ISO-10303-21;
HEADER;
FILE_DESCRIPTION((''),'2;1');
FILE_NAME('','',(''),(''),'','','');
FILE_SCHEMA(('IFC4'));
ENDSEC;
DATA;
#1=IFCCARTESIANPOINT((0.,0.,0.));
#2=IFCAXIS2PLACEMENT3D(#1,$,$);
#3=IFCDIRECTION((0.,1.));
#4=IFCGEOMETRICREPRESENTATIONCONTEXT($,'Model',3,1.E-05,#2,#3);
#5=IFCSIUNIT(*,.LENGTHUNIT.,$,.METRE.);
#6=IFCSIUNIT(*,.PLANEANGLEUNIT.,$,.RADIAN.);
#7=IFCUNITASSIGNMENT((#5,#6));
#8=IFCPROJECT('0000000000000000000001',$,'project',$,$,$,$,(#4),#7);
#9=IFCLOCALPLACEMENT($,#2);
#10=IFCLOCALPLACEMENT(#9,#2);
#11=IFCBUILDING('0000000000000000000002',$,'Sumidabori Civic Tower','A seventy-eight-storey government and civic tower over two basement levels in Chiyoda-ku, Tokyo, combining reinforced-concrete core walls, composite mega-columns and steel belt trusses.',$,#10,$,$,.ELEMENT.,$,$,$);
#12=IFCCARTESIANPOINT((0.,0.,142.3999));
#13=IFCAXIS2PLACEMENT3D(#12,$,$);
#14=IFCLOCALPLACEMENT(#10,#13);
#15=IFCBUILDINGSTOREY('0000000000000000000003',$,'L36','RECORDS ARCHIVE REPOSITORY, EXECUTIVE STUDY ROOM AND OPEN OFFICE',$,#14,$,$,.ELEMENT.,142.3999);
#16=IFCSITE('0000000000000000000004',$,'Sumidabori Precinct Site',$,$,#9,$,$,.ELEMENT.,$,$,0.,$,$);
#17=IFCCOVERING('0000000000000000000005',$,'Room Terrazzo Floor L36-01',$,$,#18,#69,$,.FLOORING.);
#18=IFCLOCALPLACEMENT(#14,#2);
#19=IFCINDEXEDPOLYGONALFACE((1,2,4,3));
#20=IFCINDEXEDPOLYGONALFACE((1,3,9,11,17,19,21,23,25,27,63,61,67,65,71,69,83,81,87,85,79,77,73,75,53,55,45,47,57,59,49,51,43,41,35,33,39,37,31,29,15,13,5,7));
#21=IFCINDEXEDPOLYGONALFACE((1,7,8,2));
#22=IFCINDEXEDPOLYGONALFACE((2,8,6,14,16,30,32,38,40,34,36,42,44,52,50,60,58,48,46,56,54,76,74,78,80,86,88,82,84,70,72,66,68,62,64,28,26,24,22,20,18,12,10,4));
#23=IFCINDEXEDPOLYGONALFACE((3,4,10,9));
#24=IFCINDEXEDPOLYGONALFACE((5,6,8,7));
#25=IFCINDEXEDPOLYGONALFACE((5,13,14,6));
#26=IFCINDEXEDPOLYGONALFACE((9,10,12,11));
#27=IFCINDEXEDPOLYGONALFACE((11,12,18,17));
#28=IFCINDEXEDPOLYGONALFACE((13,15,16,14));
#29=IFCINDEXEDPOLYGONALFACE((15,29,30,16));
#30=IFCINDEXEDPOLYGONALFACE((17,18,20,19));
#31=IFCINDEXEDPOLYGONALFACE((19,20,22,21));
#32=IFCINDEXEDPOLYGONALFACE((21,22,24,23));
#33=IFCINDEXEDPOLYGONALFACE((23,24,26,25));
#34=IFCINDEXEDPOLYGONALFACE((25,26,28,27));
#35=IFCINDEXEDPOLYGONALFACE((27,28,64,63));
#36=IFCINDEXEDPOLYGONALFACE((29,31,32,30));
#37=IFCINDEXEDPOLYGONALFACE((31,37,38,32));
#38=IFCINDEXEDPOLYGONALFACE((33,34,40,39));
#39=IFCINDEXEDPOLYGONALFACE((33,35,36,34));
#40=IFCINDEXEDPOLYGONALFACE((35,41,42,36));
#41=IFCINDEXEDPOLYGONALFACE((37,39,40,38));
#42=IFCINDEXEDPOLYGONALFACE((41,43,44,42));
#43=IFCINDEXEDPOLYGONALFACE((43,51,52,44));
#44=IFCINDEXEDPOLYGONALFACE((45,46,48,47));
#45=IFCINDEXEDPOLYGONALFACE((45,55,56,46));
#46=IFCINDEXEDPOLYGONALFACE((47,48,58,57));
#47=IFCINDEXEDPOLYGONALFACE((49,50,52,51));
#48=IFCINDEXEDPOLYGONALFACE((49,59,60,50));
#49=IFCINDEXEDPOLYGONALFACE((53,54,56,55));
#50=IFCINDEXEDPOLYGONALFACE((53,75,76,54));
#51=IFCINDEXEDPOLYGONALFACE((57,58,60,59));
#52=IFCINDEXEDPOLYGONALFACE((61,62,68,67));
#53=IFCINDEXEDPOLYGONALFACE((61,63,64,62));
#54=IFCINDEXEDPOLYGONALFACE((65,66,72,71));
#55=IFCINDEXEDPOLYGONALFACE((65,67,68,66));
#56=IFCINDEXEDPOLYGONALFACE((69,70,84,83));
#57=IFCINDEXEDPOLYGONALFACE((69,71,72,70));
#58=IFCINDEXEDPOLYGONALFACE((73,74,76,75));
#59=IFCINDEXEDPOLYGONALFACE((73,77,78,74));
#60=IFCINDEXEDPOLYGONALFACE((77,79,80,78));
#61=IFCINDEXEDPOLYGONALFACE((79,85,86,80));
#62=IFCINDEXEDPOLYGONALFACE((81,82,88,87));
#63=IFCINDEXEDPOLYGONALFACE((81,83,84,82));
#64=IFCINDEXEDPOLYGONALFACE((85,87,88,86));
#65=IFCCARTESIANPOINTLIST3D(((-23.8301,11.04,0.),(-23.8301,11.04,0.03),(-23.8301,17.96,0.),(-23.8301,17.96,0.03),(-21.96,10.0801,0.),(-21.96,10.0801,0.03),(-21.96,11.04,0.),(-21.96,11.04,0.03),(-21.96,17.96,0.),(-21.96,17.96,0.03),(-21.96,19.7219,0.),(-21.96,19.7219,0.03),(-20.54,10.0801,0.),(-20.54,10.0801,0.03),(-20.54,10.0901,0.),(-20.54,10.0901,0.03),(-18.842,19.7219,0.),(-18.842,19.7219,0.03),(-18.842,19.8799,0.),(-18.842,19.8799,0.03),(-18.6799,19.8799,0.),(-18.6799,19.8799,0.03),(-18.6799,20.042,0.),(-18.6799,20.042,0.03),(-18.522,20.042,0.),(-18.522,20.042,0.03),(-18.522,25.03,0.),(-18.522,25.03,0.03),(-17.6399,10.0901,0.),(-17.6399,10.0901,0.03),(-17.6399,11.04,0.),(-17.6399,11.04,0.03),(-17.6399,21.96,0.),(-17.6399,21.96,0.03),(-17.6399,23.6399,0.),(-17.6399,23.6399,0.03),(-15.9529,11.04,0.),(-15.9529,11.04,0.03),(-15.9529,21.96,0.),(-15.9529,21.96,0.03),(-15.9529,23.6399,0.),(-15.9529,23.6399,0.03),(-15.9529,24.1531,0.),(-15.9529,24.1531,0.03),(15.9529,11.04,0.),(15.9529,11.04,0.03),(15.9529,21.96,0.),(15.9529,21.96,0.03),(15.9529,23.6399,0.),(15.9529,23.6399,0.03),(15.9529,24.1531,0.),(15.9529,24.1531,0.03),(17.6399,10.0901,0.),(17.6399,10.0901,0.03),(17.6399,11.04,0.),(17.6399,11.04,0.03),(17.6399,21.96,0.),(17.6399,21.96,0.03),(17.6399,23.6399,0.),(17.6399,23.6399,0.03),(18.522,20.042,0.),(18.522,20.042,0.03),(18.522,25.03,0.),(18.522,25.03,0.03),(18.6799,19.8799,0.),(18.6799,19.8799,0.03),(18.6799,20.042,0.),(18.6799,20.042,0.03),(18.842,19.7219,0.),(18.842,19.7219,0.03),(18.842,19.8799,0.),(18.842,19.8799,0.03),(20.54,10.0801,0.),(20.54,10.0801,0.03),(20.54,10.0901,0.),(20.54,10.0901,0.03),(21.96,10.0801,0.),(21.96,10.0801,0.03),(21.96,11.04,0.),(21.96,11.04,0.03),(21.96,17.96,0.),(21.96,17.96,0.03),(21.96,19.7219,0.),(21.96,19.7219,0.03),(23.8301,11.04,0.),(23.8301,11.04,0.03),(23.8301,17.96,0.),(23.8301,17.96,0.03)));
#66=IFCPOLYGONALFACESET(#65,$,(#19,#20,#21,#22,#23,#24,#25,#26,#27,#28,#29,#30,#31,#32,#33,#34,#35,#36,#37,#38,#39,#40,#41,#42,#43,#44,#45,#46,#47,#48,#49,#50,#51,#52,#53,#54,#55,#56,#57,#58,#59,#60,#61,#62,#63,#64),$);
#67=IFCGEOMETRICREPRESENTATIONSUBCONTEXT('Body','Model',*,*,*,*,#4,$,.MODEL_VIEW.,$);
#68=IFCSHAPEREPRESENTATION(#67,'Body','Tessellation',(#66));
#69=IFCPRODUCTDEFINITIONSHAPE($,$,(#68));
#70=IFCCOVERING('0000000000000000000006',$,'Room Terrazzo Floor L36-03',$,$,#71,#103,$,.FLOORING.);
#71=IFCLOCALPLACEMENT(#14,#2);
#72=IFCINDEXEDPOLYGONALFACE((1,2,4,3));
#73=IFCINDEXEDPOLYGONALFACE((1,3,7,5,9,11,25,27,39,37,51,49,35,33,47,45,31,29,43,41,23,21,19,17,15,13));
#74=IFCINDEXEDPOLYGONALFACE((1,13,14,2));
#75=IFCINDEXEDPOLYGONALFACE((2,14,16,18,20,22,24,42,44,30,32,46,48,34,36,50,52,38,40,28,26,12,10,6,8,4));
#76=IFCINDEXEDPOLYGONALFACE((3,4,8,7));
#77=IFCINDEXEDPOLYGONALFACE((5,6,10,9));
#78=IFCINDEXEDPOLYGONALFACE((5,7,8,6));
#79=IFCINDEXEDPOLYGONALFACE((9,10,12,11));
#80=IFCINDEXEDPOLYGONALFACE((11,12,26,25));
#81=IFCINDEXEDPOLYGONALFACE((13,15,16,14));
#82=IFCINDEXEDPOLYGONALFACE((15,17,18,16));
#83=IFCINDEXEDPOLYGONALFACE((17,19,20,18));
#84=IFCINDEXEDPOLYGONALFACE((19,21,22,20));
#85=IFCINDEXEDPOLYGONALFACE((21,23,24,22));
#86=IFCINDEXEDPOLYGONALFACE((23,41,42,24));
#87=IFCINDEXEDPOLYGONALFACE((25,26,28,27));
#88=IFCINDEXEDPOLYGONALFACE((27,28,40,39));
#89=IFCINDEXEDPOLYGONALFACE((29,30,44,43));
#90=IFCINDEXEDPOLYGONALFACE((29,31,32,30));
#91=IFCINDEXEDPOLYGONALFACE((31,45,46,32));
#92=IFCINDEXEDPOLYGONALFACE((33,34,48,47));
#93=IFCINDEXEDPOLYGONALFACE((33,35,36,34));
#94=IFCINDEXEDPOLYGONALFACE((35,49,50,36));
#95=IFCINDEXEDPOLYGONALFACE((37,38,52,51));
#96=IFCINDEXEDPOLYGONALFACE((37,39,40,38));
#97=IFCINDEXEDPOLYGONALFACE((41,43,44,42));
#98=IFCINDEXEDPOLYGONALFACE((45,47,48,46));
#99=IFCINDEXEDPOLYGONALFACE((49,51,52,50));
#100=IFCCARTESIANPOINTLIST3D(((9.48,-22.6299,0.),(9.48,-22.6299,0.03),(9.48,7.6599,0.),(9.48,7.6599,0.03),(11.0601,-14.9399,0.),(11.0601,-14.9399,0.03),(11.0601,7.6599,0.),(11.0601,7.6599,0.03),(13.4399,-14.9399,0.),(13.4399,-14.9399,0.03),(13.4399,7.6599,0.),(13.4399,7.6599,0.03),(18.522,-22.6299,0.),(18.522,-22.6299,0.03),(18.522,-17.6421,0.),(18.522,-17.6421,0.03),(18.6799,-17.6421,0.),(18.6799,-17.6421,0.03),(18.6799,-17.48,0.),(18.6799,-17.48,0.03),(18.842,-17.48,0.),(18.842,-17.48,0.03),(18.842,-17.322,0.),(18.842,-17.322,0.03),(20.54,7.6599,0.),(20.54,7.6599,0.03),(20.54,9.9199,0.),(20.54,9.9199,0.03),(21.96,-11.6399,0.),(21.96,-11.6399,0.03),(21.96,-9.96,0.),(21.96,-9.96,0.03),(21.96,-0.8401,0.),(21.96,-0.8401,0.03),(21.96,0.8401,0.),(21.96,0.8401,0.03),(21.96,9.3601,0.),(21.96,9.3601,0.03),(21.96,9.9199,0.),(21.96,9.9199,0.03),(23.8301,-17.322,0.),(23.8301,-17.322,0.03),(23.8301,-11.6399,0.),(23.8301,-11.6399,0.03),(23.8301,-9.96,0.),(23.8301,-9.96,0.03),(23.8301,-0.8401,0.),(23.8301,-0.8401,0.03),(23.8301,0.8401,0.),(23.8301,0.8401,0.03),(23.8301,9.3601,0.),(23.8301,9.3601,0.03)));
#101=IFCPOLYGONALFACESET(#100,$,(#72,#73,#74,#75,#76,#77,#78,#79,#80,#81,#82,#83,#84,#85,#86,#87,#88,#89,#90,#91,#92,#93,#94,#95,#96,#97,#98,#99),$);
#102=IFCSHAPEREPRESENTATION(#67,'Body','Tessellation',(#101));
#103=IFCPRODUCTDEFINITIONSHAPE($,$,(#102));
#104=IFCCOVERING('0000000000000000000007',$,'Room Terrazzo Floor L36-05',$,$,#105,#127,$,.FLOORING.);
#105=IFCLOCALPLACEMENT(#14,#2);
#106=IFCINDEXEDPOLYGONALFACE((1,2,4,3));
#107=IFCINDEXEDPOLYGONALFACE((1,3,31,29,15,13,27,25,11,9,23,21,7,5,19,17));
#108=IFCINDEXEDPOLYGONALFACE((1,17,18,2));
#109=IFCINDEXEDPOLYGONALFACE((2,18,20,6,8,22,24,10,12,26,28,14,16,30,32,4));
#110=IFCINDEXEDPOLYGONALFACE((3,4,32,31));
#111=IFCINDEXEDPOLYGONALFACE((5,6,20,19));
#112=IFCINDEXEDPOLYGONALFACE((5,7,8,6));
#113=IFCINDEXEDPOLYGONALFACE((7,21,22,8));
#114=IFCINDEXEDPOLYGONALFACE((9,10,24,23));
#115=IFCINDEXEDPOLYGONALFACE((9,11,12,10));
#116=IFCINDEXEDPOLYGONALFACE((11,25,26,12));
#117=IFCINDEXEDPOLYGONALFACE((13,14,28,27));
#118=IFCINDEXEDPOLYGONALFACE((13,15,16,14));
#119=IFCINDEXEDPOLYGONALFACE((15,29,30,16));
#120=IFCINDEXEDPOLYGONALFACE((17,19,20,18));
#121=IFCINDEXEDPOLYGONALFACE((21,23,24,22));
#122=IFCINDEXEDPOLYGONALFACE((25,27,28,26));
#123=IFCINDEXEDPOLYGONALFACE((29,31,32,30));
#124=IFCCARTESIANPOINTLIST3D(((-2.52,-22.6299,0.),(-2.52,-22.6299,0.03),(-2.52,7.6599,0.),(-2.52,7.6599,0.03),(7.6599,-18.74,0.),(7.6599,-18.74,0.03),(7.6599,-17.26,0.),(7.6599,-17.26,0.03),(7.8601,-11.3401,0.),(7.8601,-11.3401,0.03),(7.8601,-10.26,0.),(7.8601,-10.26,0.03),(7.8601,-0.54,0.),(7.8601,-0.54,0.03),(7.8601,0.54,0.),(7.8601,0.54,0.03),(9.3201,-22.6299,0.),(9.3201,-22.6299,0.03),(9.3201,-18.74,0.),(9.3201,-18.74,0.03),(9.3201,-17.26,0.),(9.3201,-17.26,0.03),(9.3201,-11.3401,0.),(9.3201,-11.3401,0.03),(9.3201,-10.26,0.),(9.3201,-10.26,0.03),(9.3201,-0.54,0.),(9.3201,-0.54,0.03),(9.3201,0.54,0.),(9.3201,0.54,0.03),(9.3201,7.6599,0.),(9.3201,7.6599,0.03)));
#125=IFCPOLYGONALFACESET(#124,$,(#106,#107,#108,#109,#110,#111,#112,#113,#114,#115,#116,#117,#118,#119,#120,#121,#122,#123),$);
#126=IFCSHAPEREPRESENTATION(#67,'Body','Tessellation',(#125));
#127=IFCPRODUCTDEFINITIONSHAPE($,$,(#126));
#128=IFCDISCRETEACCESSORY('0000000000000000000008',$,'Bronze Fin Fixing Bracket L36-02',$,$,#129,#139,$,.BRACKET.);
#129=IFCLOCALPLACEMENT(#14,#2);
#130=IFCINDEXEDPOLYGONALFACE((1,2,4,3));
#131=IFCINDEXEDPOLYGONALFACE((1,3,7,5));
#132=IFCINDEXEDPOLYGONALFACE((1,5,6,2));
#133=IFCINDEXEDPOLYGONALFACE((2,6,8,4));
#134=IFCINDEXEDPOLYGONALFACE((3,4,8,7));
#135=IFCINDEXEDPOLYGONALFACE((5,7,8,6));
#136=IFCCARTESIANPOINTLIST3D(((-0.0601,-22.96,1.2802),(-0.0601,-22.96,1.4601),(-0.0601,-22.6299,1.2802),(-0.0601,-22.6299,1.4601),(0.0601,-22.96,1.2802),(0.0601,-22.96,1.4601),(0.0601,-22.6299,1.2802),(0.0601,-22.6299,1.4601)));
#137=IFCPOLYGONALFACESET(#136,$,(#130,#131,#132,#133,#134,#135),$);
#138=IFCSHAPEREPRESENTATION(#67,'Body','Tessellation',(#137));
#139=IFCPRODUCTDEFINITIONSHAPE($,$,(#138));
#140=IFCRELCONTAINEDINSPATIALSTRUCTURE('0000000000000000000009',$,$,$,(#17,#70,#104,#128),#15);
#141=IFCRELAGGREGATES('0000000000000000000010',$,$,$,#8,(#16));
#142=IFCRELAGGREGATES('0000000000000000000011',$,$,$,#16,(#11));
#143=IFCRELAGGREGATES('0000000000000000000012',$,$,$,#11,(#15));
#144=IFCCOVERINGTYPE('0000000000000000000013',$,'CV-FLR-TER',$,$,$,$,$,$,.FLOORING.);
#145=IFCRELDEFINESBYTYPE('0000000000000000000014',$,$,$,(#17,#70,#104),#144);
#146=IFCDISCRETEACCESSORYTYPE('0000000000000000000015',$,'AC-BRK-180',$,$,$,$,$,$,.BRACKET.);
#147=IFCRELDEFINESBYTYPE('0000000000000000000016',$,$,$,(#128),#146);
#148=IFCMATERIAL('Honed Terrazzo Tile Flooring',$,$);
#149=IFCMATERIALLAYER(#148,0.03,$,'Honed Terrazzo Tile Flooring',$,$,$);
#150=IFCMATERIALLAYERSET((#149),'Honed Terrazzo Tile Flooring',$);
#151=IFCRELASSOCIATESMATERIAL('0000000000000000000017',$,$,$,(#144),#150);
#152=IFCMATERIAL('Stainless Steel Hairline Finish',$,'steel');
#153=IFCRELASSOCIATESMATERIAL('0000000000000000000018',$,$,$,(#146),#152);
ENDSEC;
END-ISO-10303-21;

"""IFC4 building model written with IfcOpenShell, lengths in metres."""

from ifc_helpers import new_model, si_unit, direction, frame, origin, origin_2d, place, context, subcontext, project, spatial, polyline, rectangle, outline, extrude, source, transform, mapped, material, layer, layer_set, material_profile, profile_set, type_object, element, save


model = new_model("IFC4")

# Units and contexts
model_context = context("Model", 3, precision=1e-05, world=origin(), true_north=direction((0.0, 1.0)))
body_context = subcontext(model_context, "Body", "Model", "MODEL_VIEW")
ifc_project = project(units=[si_unit("LENGTHUNIT", "METRE"), si_unit("PLANEANGLEUNIT", "RADIAN")], contexts=[model_context])

# Site, building, storey
site_placement = place(None, origin())
site = spatial("IfcSite", under=ifc_project, at=site_placement, Name="Sumidabori Precinct Site", CompositionType="ELEMENT", RefElevation=0.0)
building_placement = place(site_placement, origin())
building = spatial("IfcBuilding", under=site, at=building_placement, Name="Sumidabori Civic Tower", Description="A seventy-eight-storey government and civic tower over two basement levels in Chiyoda-ku, Tokyo, combining reinforced-concrete core walls, composite mega-columns and steel belt trusses.", CompositionType="ELEMENT")
storey_placement = place(building_placement, frame((0.0, 0.0, 142.3999)))
storey = spatial("IfcBuildingStorey", under=building, at=storey_placement, Name="L36", Description="RECORDS ARCHIVE REPOSITORY, EXECUTIVE STUDY ROOM AND OPEN OFFICE", CompositionType="ELEMENT", Elevation=142.3999)

# Coverings
ifc_material_1 = material(Name="Honed Terrazzo Tile Flooring")
ifc_layer_1 = layer(ifc_material_1, 0.03, Name="Honed Terrazzo Tile Flooring")
ifc_layer_set_1 = layer_set([ifc_layer_1], Name="Honed Terrazzo Tile Flooring")
covering_type_1 = type_object("IfcCoveringType", Name="CV-FLR-TER", PredefinedType="FLOORING", material=ifc_layer_set_1)
covering_1_placement = place(storey_placement, origin())
element("IfcCovering", 1, at=covering_1_placement, inside=storey, type_object=covering_type_1, Name="Room Terrazzo Floor L36-01", PredefinedType="FLOORING", context=body_context, shape_type="SweptSolid", body=[
    extrude(outline(polyline([(-23.8301, 17.96), (-21.96, 17.96), (-21.96, 19.7219), (-18.842, 19.7219), (-18.842, 19.8799), (-18.6799, 19.8799), (-18.6799, 20.042), (-18.522, 20.042), (-18.522, 25.03), (18.522, 25.03), (18.522, 20.042), (18.6799, 20.042), (18.6799, 19.8799), (18.842, 19.8799), (18.842, 19.7219), (21.96, 19.7219), (21.96, 17.96), (23.8301, 17.96), (23.8301, 11.04), (21.96, 11.04), (21.96, 10.0801), (20.54, 10.0801), (20.54, 10.0901), (17.6399, 10.0901), (17.6399, 11.04), (15.9529, 11.04), (15.9529, 21.96), (17.6399, 21.96), (17.6399, 23.6399), (15.9529, 23.6399), (15.9529, 24.1531), (-15.9529, 24.1531), (-15.9529, 23.6399), (-17.6399, 23.6399), (-17.6399, 21.96), (-15.9529, 21.96), (-15.9529, 11.04), (-17.6399, 11.04), (-17.6399, 10.0901), (-20.54, 10.0901), (-20.54, 10.0801), (-21.96, 10.0801), (-21.96, 11.04), (-23.8301, 11.04), (-23.8301, 17.96)])), origin(), (0.0, 0.0, 1.0), 0.03),
])
covering_2_placement = place(storey_placement, origin())
element("IfcCovering", 2, at=covering_2_placement, inside=storey, type_object=covering_type_1, Name="Room Terrazzo Floor L36-03", PredefinedType="FLOORING", context=body_context, shape_type="SweptSolid", body=[
    extrude(outline(polyline([(18.522, -22.6299), (9.48, -22.6299), (9.48, 7.6599), (11.0601, 7.6599), (11.0601, -14.9399), (13.4399, -14.9399), (13.4399, 7.6599), (20.54, 7.6599), (20.54, 9.9199), (21.96, 9.9199), (21.96, 9.3601), (23.8301, 9.3601), (23.8301, 0.8401), (21.96, 0.8401), (21.96, -0.8401), (23.8301, -0.8401), (23.8301, -9.96), (21.96, -9.96), (21.96, -11.6399), (23.8301, -11.6399), (23.8301, -17.322), (18.842, -17.322), (18.842, -17.48), (18.6799, -17.48), (18.6799, -17.6421), (18.522, -17.6421), (18.522, -22.6299)])), origin(), (0.0, 0.0, 1.0), 0.03),
])
covering_3_placement = place(storey_placement, origin())
element("IfcCovering", 3, at=covering_3_placement, inside=storey, type_object=covering_type_1, Name="Room Terrazzo Floor L36-05", PredefinedType="FLOORING", context=body_context, shape_type="SweptSolid", body=[
    extrude(outline(polyline([(-2.52, -22.6299), (-2.52, 7.6599), (9.3201, 7.6599), (9.3201, 0.54), (7.8601, 0.54), (7.8601, -0.54), (9.3201, -0.54), (9.3201, -10.26), (7.8601, -10.26), (7.8601, -11.3401), (9.3201, -11.3401), (9.3201, -17.26), (7.6599, -17.26), (7.6599, -18.74), (9.3201, -18.74), (9.3201, -22.6299), (-2.52, -22.6299)])), origin(), (0.0, 0.0, 1.0), 0.03),
])

# Discrete accessory
ifc_material_2 = material(Name="Stainless Steel Hairline Finish", Category="steel")
ifc_material_profile_1 = material_profile(ifc_material_2, rectangle(XDim=0.1201, YDim=0.1799, at=origin_2d()), Name="STEEL BRACKET 180x120")
ifc_profile_set_1 = profile_set([ifc_material_profile_1], Name="Stainless Steel Hairline Finish")
discrete_accessory_type = type_object("IfcDiscreteAccessoryType", Name="AC-BRK-180", PredefinedType="BRACKET", material=ifc_profile_set_1)
shared_shape_1 = source(origin(), body_context, "Body", "SweptSolid", [
    extrude(rectangle(XDim=0.1201, YDim=0.1799, at=origin_2d()), origin(), (0.0, 0.0, 1.0), 0.3301),
])
discrete_accessory_placement = place(storey_placement, frame((0.0, -22.6299, 1.3701), z_axis=(0.0, -1.0, 0.0), x_axis=(1.0, 0.0, 0.0)))
element("IfcDiscreteAccessory", 4, at=discrete_accessory_placement, inside=storey, type_object=discrete_accessory_type, Name="Bronze Fin Fixing Bracket L36-02", PredefinedType="BRACKET", context=body_context, shape_type="MappedRepresentation", body=[
    mapped(shared_shape_1, transform((0.0, 0.0, 0.0), x_axis=(1.0, 0.0, 0.0), y_axis=(0.0, 1.0, 0.0), z_axis=(0.0, 0.0, 1.0), scale=1.0)),
])

save(model, "model.ifc")
